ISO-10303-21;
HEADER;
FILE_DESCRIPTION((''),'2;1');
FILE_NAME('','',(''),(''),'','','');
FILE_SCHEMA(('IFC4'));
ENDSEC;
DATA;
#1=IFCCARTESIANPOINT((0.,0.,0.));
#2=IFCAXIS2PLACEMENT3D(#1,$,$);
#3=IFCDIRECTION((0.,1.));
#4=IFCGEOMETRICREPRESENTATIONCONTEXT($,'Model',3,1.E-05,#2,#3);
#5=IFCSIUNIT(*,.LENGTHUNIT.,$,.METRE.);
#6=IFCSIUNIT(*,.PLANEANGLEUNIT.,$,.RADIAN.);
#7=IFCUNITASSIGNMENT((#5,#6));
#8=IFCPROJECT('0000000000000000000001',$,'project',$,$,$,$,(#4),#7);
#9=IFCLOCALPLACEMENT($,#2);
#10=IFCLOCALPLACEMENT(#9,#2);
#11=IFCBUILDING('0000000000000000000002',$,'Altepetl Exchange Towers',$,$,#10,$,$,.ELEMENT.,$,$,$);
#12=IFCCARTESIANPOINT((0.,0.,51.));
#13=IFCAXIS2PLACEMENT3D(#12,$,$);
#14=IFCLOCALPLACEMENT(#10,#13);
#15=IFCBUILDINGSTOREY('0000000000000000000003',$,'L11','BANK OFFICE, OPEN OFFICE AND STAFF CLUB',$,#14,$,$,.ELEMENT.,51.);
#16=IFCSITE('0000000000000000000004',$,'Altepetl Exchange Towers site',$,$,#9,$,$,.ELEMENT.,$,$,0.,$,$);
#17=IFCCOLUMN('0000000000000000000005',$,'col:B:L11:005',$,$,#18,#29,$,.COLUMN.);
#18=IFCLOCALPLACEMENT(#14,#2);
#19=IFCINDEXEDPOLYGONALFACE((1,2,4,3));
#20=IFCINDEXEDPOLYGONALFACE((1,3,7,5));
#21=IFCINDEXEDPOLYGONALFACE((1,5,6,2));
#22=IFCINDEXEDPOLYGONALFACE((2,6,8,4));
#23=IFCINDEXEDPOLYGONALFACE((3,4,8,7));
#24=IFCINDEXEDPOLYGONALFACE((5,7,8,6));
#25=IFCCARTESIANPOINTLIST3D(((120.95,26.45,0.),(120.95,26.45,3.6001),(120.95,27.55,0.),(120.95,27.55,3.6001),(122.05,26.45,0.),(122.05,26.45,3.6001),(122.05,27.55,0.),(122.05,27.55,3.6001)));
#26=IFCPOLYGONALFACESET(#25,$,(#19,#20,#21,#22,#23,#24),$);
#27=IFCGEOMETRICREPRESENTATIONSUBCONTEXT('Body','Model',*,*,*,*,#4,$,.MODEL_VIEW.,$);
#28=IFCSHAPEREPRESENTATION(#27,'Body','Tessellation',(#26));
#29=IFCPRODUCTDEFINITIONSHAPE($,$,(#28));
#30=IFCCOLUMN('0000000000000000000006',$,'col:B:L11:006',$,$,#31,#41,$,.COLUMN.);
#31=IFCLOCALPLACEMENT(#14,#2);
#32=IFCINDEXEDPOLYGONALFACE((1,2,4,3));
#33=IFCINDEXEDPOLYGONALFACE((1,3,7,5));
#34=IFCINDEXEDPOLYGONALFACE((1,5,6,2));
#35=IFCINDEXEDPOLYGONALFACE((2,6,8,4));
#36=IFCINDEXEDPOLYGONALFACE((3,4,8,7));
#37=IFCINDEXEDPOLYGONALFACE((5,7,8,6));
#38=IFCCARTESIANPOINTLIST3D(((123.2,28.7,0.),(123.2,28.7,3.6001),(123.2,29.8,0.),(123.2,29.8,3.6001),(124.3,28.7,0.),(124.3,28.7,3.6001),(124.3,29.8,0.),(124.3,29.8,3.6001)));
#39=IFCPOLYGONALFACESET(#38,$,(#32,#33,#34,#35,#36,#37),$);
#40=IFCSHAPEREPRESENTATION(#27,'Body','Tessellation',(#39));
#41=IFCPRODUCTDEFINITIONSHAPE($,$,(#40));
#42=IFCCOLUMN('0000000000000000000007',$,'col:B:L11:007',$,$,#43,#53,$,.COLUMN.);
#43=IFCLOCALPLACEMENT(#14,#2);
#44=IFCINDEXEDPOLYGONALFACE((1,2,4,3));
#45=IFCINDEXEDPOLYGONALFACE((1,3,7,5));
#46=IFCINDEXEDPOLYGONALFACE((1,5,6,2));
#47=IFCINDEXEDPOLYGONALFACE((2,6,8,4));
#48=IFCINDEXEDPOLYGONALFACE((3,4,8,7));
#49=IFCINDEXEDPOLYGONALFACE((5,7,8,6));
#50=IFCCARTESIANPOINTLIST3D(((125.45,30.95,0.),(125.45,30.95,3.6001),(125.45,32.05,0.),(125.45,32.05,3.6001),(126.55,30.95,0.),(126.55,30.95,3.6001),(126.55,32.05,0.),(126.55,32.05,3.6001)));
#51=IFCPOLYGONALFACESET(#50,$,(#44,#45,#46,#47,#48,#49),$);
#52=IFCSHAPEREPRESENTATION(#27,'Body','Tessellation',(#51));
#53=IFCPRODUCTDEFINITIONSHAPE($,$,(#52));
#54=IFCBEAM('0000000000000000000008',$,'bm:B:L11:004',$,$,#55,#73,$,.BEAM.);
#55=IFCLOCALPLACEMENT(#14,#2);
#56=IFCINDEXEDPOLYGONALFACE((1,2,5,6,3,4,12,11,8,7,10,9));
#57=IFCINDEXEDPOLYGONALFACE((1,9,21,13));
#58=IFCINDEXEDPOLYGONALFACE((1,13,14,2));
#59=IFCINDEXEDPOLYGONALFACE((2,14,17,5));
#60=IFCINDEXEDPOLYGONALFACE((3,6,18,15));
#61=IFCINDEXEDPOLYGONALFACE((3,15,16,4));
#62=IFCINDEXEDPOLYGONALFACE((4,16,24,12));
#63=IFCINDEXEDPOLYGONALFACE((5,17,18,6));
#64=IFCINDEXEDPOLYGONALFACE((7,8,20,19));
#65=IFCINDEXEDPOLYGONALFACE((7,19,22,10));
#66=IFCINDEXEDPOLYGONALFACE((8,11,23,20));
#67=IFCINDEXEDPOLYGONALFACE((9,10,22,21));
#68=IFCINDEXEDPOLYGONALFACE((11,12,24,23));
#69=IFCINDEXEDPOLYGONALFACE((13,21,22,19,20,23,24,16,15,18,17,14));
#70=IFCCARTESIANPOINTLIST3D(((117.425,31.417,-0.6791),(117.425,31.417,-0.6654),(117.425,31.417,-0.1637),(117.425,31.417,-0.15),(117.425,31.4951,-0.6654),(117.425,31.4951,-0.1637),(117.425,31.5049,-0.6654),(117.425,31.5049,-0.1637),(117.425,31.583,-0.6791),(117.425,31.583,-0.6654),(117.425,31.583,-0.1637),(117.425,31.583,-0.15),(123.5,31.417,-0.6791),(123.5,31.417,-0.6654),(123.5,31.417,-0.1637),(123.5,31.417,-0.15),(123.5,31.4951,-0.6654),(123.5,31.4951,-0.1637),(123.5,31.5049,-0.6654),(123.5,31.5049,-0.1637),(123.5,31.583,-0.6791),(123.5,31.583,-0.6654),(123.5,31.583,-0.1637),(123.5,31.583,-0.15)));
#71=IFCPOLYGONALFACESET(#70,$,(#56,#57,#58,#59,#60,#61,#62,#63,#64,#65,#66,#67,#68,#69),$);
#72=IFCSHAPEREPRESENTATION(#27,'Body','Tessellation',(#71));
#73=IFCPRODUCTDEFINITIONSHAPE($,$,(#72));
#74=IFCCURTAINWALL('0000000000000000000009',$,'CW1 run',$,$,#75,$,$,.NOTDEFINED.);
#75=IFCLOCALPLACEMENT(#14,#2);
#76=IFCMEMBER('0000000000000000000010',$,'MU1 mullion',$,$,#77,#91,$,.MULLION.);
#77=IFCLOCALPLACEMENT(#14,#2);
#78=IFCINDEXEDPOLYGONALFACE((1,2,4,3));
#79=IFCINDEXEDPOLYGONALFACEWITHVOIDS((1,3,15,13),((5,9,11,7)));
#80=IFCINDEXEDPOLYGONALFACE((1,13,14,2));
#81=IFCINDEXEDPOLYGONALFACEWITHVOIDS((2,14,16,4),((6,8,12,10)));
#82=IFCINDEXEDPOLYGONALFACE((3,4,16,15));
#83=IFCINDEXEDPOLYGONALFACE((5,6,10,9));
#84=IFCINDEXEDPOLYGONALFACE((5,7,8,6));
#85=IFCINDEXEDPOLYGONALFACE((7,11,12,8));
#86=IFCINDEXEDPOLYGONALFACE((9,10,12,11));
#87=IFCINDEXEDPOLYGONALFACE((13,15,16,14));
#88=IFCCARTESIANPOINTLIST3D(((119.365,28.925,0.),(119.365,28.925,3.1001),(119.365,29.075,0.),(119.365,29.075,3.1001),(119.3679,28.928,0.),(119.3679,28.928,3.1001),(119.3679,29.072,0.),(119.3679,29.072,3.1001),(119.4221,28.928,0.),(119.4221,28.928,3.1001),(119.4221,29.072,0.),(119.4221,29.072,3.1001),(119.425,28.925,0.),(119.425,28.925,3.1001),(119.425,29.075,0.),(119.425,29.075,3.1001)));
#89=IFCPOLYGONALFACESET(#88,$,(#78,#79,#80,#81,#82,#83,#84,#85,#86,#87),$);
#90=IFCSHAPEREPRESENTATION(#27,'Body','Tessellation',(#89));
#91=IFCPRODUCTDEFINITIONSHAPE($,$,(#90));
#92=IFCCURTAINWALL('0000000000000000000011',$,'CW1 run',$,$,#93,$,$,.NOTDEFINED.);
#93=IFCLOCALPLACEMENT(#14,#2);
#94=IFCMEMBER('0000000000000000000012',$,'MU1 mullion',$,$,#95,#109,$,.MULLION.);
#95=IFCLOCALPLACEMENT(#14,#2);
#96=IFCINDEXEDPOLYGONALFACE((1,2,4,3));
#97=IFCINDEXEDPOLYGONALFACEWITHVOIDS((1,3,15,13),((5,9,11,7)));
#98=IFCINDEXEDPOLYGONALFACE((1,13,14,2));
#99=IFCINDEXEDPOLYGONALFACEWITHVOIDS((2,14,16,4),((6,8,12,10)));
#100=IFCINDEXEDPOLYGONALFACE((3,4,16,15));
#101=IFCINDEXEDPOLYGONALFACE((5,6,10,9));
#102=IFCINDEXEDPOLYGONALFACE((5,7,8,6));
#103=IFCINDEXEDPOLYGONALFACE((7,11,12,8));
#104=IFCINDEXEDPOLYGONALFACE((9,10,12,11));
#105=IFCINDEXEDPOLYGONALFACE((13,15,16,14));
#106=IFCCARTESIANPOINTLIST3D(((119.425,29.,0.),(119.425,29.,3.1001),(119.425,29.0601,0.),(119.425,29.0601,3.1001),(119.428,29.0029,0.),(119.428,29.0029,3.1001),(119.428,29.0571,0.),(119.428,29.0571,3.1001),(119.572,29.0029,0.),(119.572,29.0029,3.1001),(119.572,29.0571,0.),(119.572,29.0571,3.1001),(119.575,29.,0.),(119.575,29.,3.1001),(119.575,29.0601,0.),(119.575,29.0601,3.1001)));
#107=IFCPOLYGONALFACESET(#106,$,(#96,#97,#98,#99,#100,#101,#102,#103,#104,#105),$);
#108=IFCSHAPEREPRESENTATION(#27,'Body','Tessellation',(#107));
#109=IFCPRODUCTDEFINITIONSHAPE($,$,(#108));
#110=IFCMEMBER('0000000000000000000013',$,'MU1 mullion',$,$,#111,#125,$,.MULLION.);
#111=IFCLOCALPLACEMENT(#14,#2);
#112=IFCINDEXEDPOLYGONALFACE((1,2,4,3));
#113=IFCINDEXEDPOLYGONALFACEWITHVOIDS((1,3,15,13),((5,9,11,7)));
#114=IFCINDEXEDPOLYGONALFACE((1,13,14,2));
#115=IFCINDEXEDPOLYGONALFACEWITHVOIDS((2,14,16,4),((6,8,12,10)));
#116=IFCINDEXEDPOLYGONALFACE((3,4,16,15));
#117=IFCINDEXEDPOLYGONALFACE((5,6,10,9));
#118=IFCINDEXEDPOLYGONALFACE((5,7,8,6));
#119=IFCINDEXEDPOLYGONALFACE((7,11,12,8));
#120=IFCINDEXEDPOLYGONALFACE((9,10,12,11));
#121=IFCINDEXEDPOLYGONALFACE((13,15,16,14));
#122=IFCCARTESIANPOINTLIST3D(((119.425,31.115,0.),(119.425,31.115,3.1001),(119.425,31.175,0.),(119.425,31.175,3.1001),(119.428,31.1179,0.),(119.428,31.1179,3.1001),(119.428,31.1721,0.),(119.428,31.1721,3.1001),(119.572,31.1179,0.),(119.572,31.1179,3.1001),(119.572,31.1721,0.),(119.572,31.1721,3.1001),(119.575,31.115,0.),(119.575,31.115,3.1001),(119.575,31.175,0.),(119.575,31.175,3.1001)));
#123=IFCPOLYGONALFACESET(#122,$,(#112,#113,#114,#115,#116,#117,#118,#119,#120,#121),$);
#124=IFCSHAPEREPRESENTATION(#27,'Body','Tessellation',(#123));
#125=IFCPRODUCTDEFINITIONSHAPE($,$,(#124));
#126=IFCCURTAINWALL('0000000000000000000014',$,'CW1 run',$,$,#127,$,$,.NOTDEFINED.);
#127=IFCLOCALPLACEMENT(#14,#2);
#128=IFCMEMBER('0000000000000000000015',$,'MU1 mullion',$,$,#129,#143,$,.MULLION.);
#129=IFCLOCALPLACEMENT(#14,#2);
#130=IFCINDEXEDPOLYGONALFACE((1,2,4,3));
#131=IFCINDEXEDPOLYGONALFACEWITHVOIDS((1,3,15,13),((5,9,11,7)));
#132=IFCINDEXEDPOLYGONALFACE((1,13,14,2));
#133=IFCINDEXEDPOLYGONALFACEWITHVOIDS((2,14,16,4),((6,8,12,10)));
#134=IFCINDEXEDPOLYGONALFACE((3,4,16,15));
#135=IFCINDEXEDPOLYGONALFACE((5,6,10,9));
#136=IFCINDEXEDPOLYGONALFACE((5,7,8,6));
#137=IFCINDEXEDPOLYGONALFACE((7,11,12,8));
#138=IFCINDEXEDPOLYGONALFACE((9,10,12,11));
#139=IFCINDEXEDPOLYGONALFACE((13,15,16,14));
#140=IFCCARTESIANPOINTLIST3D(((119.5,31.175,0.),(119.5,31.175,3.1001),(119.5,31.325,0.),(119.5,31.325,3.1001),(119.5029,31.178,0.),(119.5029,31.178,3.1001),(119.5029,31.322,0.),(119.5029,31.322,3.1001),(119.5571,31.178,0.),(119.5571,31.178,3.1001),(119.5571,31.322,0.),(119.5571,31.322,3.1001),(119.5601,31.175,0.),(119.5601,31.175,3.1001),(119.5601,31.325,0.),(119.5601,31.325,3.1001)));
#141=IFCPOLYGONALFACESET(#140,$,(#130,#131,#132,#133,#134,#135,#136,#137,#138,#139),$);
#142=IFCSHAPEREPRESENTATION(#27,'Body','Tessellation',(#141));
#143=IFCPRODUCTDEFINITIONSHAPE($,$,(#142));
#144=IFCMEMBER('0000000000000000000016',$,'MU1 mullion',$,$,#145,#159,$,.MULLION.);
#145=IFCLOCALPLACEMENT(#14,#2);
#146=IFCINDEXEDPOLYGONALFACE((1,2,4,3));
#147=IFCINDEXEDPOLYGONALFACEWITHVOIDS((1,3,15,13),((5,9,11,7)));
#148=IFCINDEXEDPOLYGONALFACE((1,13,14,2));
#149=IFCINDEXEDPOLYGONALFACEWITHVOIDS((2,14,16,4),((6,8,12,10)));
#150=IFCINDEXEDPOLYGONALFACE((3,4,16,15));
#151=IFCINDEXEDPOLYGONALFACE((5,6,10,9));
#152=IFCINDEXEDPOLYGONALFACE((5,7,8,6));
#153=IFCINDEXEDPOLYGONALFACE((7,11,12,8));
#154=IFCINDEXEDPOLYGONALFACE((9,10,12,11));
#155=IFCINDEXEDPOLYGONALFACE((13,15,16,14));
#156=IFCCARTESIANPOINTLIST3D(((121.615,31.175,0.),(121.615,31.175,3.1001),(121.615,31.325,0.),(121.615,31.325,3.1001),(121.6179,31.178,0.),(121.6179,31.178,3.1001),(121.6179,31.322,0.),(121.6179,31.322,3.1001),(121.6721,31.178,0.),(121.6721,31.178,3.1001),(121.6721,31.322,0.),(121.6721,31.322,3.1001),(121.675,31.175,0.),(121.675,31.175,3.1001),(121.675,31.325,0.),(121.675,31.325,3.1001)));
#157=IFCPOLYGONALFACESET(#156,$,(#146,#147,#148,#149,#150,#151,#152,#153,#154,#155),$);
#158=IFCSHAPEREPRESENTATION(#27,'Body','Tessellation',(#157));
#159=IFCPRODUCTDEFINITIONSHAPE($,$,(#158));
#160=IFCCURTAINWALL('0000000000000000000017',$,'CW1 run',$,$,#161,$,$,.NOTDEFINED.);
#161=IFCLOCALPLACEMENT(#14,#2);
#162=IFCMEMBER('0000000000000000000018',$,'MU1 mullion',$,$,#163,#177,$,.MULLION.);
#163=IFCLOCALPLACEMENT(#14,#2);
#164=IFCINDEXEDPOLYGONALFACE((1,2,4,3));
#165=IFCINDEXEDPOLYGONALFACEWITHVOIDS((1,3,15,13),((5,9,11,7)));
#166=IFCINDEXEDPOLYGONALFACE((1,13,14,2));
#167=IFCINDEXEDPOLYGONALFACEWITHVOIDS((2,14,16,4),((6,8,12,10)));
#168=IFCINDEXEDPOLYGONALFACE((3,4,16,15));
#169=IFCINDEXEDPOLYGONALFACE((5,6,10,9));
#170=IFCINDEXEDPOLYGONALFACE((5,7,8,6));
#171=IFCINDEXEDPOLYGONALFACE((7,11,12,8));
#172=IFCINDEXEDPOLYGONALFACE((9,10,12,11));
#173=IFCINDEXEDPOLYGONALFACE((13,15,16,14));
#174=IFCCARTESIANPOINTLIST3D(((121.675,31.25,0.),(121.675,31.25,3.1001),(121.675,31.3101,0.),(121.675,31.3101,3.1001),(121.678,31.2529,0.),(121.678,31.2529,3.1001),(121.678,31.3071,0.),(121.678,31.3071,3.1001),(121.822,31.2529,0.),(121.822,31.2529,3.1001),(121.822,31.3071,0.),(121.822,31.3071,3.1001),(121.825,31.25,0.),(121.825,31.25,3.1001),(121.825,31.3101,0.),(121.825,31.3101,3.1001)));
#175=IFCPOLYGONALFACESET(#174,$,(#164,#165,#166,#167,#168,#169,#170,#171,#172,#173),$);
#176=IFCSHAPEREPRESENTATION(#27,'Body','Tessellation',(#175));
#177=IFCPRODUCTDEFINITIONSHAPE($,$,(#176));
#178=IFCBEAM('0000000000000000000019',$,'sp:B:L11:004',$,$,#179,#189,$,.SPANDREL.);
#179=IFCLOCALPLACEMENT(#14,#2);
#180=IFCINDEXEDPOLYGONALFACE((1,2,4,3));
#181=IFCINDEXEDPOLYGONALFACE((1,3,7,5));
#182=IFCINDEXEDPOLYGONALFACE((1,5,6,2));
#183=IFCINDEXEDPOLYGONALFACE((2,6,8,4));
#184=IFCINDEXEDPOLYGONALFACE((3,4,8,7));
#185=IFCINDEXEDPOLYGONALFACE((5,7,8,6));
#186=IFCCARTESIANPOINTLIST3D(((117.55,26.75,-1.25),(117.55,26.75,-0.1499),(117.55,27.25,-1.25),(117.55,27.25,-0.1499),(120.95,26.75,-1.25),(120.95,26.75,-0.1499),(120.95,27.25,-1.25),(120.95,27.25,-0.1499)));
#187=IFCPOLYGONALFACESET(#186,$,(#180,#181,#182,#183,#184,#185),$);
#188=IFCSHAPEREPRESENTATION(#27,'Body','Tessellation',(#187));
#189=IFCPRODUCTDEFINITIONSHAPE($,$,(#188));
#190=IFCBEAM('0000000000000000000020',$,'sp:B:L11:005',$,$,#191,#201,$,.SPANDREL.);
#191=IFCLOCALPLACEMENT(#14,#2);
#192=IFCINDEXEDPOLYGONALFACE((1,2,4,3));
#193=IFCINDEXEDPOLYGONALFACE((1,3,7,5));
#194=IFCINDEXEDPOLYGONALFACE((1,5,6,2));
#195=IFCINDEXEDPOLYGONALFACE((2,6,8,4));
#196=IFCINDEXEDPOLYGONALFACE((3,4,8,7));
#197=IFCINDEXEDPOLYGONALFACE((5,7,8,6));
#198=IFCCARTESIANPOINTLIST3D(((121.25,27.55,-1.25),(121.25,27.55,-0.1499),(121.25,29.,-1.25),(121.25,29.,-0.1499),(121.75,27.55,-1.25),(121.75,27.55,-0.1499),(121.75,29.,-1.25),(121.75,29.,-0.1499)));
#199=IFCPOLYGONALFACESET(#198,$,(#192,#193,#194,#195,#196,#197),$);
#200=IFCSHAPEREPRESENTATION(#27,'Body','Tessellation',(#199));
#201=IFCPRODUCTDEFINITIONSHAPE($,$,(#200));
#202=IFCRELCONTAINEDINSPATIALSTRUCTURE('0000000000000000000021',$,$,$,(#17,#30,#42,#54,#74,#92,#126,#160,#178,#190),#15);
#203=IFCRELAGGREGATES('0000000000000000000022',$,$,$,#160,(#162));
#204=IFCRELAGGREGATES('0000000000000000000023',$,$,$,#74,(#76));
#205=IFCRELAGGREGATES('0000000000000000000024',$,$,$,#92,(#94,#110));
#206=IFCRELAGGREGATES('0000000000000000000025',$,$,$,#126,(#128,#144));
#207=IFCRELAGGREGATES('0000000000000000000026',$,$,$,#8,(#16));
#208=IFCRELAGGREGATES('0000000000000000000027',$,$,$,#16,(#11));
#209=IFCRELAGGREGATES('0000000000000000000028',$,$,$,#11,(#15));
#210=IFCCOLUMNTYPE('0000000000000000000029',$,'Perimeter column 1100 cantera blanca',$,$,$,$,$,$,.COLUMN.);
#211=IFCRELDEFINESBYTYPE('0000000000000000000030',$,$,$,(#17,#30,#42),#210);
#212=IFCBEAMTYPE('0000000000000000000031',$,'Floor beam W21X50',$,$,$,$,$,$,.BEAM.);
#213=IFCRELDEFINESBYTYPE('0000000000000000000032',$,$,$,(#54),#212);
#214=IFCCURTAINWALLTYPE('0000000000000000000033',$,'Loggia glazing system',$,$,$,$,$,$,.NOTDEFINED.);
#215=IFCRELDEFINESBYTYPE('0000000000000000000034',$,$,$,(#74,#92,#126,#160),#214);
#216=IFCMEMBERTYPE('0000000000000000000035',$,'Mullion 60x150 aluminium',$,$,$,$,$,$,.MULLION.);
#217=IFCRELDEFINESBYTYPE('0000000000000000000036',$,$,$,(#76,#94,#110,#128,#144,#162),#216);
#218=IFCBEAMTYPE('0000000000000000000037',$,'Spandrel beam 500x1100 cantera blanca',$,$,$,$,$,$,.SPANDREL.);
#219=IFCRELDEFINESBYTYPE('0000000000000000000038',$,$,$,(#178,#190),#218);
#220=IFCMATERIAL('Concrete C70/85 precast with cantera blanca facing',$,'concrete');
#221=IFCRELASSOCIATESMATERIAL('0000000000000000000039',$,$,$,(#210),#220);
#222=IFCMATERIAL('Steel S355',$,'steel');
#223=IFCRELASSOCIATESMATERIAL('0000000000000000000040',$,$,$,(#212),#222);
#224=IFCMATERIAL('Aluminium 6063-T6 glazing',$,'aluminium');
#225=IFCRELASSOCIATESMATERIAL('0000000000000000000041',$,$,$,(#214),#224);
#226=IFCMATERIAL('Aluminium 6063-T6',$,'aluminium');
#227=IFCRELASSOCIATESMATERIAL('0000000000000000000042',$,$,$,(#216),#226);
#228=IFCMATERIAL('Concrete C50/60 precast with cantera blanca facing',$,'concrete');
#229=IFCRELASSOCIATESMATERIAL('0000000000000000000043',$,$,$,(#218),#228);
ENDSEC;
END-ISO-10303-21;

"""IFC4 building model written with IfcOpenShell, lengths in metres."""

from ifc_helpers import new_model, si_unit, direction, frame, origin, origin_2d, place, context, subcontext, project, spatial, rectangle, hollow_rectangle, i_section, extrude, material, material_profile, profile_set, type_object, element, aggregate, save


model = new_model("IFC4")

# Units and contexts
model_context = context("Model", 3, precision=1e-05, world=origin(), true_north=direction((0.0, 1.0)))
body_context = subcontext(model_context, "Body", "Model", "MODEL_VIEW")
ifc_project = project(units=[si_unit("LENGTHUNIT", "METRE"), si_unit("PLANEANGLEUNIT", "RADIAN")], contexts=[model_context])

# Site, building, storey
site_placement = place(None, origin())
site = spatial("IfcSite", under=ifc_project, at=site_placement, Name="Altepetl Exchange Towers site", CompositionType="ELEMENT", RefElevation=0.0)
building_placement = place(site_placement, origin())
building = spatial("IfcBuilding", under=site, at=building_placement, Name="Altepetl Exchange Towers", CompositionType="ELEMENT")
storey_placement = place(building_placement, frame((0.0, 0.0, 51.0)))
storey = spatial("IfcBuildingStorey", under=building, at=storey_placement, Name="L11", Description="BANK OFFICE, OPEN OFFICE AND STAFF CLUB", CompositionType="ELEMENT", Elevation=51.0)

# Columns
ifc_material_1 = material(Name="Concrete C70/85 precast with cantera blanca facing", Category="concrete")
ifc_material_profile_1 = material_profile(ifc_material_1, rectangle(XDim=1.1001, YDim=1.1001, at=origin_2d()), Name="1100 x 1100")
ifc_profile_set_1 = profile_set([ifc_material_profile_1], Name="Concrete C70/85 precast with cantera blanca facing")
column_type = type_object("IfcColumnType", Name="Perimeter column 1100 cantera blanca", PredefinedType="COLUMN", material=ifc_profile_set_1)
for number, where, name in (
    (1, (121.5, 27.0, 0.0), "col:B:L11:005"),
    (2, (123.75, 29.25, 0.0), "col:B:L11:006"),
    (3, (126.0, 31.5, 0.0), "col:B:L11:007"),
):
    element("IfcColumn", number, at=place(storey_placement, frame(where)), inside=storey, type_object=column_type, Name=name, PredefinedType="COLUMN", context=body_context, shape_type="SweptSolid", body=[
        extrude(rectangle(XDim=1.1001, YDim=1.1001, at=origin_2d()), origin(), (0.0, 0.0, 1.0), 3.6001),
    ])

# Beam
ifc_material_2 = material(Name="Steel S355", Category="steel")
ifc_material_profile_2 = material_profile(ifc_material_2, i_section(OverallWidth=0.166, OverallDepth=0.5291, WebThickness=0.0098, FlangeThickness=0.0137, at=origin_2d()), Name="W21X50")
ifc_profile_set_2 = profile_set([ifc_material_profile_2], Name="Steel S355")
beam_type_1 = type_object("IfcBeamType", Name="Floor beam W21X50", PredefinedType="BEAM", material=ifc_profile_set_2)
beam_1_placement = place(storey_placement, frame((117.425, 31.5, -0.4146), z_axis=(1.0, 0.0, 0.0), x_axis=(0.0, 1.0, 0.0)))
element("IfcBeam", 4, at=beam_1_placement, inside=storey, type_object=beam_type_1, Name="bm:B:L11:004", PredefinedType="BEAM", context=body_context, shape_type="SweptSolid", body=[
    extrude(i_section(OverallWidth=0.166, OverallDepth=0.5291, WebThickness=0.0098, FlangeThickness=0.0137, at=origin_2d()), origin(), (0.0, 0.0, 1.0), 6.075),
])

# Curtain wall, member
ifc_material_3 = material(Name="Aluminium 6063-T6 glazing", Category="aluminium")
curtain_wall_type = type_object("IfcCurtainWallType", Name="Loggia glazing system", PredefinedType="NOTDEFINED", material=ifc_material_3)
curtain_wall_1_placement = place(storey_placement, origin())
curtain_wall_1 = element("IfcCurtainWall", 5, at=curtain_wall_1_placement, inside=storey, type_object=curtain_wall_type, Name="CW1 run", PredefinedType="NOTDEFINED")
ifc_material_4 = material(Name="Aluminium 6063-T6", Category="aluminium")
ifc_material_profile_3 = material_profile(ifc_material_4, hollow_rectangle(XDim=0.0601, YDim=0.1499, WallThickness=0.0029, at=origin_2d()), Name="Mullion 60x150 aluminium")
ifc_profile_set_3 = profile_set([ifc_material_profile_3], Name="Aluminium 6063-T6")
member_type = type_object("IfcMemberType", Name="Mullion 60x150 aluminium", PredefinedType="MULLION", material=ifc_profile_set_3)
member_1_placement = place(storey_placement, frame((119.395, 29.0, 0.0)))
member_1 = element("IfcMember", 6, at=member_1_placement, type_object=member_type, Name="MU1 mullion", PredefinedType="MULLION", context=body_context, shape_type="SweptSolid", body=[
    extrude(hollow_rectangle(XDim=0.0601, YDim=0.1499, WallThickness=0.0029, at=origin_2d()), origin(), (0.0, 0.0, 1.0), 3.1001),
])

# Curtain walls, members
curtain_wall_2_placement = place(storey_placement, origin())
curtain_wall_2 = element("IfcCurtainWall", 7, at=curtain_wall_2_placement, inside=storey, type_object=curtain_wall_type, Name="CW1 run", PredefinedType="NOTDEFINED")
member_2_placement = place(storey_placement, frame((119.5, 29.03, 0.0), z_axis=(0.0, 0.0, 1.0), x_axis=(0.0, 1.0, 0.0)))
member_2 = element("IfcMember", 8, at=member_2_placement, type_object=member_type, Name="MU1 mullion", PredefinedType="MULLION", context=body_context, shape_type="SweptSolid", body=[
    extrude(hollow_rectangle(XDim=0.0601, YDim=0.1499, WallThickness=0.0029, at=origin_2d()), origin(), (0.0, 0.0, 1.0), 3.1001),
])
member_3_placement = place(storey_placement, frame((119.5, 31.145, 0.0), z_axis=(0.0, 0.0, 1.0), x_axis=(0.0, 1.0, 0.0)))
member_3 = element("IfcMember", 9, at=member_3_placement, type_object=member_type, Name="MU1 mullion", PredefinedType="MULLION", context=body_context, shape_type="SweptSolid", body=[
    extrude(hollow_rectangle(XDim=0.0601, YDim=0.1499, WallThickness=0.0029, at=origin_2d()), origin(), (0.0, 0.0, 1.0), 3.1001),
])
curtain_wall_3_placement = place(storey_placement, origin())
curtain_wall_3 = element("IfcCurtainWall", 10, at=curtain_wall_3_placement, inside=storey, type_object=curtain_wall_type, Name="CW1 run", PredefinedType="NOTDEFINED")
member_4_placement = place(storey_placement, frame((119.53, 31.25, 0.0)))
member_4 = element("IfcMember", 11, at=member_4_placement, type_object=member_type, Name="MU1 mullion", PredefinedType="MULLION", context=body_context, shape_type="SweptSolid", body=[
    extrude(hollow_rectangle(XDim=0.0601, YDim=0.1499, WallThickness=0.0029, at=origin_2d()), origin(), (0.0, 0.0, 1.0), 3.1001),
])
member_5_placement = place(storey_placement, frame((121.645, 31.25, 0.0)))
member_5 = element("IfcMember", 12, at=member_5_placement, type_object=member_type, Name="MU1 mullion", PredefinedType="MULLION", context=body_context, shape_type="SweptSolid", body=[
    extrude(hollow_rectangle(XDim=0.0601, YDim=0.1499, WallThickness=0.0029, at=origin_2d()), origin(), (0.0, 0.0, 1.0), 3.1001),
])

# Curtain wall, member
curtain_wall_4_placement = place(storey_placement, origin())
curtain_wall_4 = element("IfcCurtainWall", 13, at=curtain_wall_4_placement, inside=storey, type_object=curtain_wall_type, Name="CW1 run", PredefinedType="NOTDEFINED")
member_6_placement = place(storey_placement, frame((121.75, 31.28, 0.0), z_axis=(0.0, 0.0, 1.0), x_axis=(0.0, 1.0, 0.0)))
member_6 = element("IfcMember", 14, at=member_6_placement, type_object=member_type, Name="MU1 mullion", PredefinedType="MULLION", context=body_context, shape_type="SweptSolid", body=[
    extrude(hollow_rectangle(XDim=0.0601, YDim=0.1499, WallThickness=0.0029, at=origin_2d()), origin(), (0.0, 0.0, 1.0), 3.1001),
])
aggregate(curtain_wall_4, [member_6])

# Beams
ifc_material_5 = material(Name="Concrete C50/60 precast with cantera blanca facing", Category="concrete")
ifc_material_profile_4 = material_profile(ifc_material_5, rectangle(XDim=0.5, YDim=1.1001, at=origin_2d()), Name="500 x 1100")
ifc_profile_set_4 = profile_set([ifc_material_profile_4], Name="Concrete C50/60 precast with cantera blanca facing")
beam_type_2 = type_object("IfcBeamType", Name="Spandrel beam 500x1100 cantera blanca", PredefinedType="SPANDREL", material=ifc_profile_set_4)
beam_2_placement = place(storey_placement, frame((117.55, 27.0, -0.7), z_axis=(1.0, 0.0, 0.0), x_axis=(0.0, 1.0, 0.0)))
element("IfcBeam", 15, at=beam_2_placement, inside=storey, type_object=beam_type_2, Name="sp:B:L11:004", PredefinedType="SPANDREL", context=body_context, shape_type="SweptSolid", body=[
    extrude(rectangle(XDim=0.5, YDim=1.1001, at=origin_2d()), origin(), (0.0, 0.0, 1.0), 3.3999),
])
beam_3_placement = place(storey_placement, frame((121.5, 27.55, -0.7), z_axis=(0.0, 1.0, 0.0), x_axis=(-1.0, 0.0, 0.0)))
element("IfcBeam", 16, at=beam_3_placement, inside=storey, type_object=beam_type_2, Name="sp:B:L11:005", PredefinedType="SPANDREL", context=body_context, shape_type="SweptSolid", body=[
    extrude(rectangle(XDim=0.5, YDim=1.1001, at=origin_2d()), origin(), (0.0, 0.0, 1.0), 1.45),
])

aggregate(curtain_wall_1, [member_1])
aggregate(curtain_wall_2, [member_2, member_3])
aggregate(curtain_wall_3, [member_4, member_5])

save(model, "model.ifc")
